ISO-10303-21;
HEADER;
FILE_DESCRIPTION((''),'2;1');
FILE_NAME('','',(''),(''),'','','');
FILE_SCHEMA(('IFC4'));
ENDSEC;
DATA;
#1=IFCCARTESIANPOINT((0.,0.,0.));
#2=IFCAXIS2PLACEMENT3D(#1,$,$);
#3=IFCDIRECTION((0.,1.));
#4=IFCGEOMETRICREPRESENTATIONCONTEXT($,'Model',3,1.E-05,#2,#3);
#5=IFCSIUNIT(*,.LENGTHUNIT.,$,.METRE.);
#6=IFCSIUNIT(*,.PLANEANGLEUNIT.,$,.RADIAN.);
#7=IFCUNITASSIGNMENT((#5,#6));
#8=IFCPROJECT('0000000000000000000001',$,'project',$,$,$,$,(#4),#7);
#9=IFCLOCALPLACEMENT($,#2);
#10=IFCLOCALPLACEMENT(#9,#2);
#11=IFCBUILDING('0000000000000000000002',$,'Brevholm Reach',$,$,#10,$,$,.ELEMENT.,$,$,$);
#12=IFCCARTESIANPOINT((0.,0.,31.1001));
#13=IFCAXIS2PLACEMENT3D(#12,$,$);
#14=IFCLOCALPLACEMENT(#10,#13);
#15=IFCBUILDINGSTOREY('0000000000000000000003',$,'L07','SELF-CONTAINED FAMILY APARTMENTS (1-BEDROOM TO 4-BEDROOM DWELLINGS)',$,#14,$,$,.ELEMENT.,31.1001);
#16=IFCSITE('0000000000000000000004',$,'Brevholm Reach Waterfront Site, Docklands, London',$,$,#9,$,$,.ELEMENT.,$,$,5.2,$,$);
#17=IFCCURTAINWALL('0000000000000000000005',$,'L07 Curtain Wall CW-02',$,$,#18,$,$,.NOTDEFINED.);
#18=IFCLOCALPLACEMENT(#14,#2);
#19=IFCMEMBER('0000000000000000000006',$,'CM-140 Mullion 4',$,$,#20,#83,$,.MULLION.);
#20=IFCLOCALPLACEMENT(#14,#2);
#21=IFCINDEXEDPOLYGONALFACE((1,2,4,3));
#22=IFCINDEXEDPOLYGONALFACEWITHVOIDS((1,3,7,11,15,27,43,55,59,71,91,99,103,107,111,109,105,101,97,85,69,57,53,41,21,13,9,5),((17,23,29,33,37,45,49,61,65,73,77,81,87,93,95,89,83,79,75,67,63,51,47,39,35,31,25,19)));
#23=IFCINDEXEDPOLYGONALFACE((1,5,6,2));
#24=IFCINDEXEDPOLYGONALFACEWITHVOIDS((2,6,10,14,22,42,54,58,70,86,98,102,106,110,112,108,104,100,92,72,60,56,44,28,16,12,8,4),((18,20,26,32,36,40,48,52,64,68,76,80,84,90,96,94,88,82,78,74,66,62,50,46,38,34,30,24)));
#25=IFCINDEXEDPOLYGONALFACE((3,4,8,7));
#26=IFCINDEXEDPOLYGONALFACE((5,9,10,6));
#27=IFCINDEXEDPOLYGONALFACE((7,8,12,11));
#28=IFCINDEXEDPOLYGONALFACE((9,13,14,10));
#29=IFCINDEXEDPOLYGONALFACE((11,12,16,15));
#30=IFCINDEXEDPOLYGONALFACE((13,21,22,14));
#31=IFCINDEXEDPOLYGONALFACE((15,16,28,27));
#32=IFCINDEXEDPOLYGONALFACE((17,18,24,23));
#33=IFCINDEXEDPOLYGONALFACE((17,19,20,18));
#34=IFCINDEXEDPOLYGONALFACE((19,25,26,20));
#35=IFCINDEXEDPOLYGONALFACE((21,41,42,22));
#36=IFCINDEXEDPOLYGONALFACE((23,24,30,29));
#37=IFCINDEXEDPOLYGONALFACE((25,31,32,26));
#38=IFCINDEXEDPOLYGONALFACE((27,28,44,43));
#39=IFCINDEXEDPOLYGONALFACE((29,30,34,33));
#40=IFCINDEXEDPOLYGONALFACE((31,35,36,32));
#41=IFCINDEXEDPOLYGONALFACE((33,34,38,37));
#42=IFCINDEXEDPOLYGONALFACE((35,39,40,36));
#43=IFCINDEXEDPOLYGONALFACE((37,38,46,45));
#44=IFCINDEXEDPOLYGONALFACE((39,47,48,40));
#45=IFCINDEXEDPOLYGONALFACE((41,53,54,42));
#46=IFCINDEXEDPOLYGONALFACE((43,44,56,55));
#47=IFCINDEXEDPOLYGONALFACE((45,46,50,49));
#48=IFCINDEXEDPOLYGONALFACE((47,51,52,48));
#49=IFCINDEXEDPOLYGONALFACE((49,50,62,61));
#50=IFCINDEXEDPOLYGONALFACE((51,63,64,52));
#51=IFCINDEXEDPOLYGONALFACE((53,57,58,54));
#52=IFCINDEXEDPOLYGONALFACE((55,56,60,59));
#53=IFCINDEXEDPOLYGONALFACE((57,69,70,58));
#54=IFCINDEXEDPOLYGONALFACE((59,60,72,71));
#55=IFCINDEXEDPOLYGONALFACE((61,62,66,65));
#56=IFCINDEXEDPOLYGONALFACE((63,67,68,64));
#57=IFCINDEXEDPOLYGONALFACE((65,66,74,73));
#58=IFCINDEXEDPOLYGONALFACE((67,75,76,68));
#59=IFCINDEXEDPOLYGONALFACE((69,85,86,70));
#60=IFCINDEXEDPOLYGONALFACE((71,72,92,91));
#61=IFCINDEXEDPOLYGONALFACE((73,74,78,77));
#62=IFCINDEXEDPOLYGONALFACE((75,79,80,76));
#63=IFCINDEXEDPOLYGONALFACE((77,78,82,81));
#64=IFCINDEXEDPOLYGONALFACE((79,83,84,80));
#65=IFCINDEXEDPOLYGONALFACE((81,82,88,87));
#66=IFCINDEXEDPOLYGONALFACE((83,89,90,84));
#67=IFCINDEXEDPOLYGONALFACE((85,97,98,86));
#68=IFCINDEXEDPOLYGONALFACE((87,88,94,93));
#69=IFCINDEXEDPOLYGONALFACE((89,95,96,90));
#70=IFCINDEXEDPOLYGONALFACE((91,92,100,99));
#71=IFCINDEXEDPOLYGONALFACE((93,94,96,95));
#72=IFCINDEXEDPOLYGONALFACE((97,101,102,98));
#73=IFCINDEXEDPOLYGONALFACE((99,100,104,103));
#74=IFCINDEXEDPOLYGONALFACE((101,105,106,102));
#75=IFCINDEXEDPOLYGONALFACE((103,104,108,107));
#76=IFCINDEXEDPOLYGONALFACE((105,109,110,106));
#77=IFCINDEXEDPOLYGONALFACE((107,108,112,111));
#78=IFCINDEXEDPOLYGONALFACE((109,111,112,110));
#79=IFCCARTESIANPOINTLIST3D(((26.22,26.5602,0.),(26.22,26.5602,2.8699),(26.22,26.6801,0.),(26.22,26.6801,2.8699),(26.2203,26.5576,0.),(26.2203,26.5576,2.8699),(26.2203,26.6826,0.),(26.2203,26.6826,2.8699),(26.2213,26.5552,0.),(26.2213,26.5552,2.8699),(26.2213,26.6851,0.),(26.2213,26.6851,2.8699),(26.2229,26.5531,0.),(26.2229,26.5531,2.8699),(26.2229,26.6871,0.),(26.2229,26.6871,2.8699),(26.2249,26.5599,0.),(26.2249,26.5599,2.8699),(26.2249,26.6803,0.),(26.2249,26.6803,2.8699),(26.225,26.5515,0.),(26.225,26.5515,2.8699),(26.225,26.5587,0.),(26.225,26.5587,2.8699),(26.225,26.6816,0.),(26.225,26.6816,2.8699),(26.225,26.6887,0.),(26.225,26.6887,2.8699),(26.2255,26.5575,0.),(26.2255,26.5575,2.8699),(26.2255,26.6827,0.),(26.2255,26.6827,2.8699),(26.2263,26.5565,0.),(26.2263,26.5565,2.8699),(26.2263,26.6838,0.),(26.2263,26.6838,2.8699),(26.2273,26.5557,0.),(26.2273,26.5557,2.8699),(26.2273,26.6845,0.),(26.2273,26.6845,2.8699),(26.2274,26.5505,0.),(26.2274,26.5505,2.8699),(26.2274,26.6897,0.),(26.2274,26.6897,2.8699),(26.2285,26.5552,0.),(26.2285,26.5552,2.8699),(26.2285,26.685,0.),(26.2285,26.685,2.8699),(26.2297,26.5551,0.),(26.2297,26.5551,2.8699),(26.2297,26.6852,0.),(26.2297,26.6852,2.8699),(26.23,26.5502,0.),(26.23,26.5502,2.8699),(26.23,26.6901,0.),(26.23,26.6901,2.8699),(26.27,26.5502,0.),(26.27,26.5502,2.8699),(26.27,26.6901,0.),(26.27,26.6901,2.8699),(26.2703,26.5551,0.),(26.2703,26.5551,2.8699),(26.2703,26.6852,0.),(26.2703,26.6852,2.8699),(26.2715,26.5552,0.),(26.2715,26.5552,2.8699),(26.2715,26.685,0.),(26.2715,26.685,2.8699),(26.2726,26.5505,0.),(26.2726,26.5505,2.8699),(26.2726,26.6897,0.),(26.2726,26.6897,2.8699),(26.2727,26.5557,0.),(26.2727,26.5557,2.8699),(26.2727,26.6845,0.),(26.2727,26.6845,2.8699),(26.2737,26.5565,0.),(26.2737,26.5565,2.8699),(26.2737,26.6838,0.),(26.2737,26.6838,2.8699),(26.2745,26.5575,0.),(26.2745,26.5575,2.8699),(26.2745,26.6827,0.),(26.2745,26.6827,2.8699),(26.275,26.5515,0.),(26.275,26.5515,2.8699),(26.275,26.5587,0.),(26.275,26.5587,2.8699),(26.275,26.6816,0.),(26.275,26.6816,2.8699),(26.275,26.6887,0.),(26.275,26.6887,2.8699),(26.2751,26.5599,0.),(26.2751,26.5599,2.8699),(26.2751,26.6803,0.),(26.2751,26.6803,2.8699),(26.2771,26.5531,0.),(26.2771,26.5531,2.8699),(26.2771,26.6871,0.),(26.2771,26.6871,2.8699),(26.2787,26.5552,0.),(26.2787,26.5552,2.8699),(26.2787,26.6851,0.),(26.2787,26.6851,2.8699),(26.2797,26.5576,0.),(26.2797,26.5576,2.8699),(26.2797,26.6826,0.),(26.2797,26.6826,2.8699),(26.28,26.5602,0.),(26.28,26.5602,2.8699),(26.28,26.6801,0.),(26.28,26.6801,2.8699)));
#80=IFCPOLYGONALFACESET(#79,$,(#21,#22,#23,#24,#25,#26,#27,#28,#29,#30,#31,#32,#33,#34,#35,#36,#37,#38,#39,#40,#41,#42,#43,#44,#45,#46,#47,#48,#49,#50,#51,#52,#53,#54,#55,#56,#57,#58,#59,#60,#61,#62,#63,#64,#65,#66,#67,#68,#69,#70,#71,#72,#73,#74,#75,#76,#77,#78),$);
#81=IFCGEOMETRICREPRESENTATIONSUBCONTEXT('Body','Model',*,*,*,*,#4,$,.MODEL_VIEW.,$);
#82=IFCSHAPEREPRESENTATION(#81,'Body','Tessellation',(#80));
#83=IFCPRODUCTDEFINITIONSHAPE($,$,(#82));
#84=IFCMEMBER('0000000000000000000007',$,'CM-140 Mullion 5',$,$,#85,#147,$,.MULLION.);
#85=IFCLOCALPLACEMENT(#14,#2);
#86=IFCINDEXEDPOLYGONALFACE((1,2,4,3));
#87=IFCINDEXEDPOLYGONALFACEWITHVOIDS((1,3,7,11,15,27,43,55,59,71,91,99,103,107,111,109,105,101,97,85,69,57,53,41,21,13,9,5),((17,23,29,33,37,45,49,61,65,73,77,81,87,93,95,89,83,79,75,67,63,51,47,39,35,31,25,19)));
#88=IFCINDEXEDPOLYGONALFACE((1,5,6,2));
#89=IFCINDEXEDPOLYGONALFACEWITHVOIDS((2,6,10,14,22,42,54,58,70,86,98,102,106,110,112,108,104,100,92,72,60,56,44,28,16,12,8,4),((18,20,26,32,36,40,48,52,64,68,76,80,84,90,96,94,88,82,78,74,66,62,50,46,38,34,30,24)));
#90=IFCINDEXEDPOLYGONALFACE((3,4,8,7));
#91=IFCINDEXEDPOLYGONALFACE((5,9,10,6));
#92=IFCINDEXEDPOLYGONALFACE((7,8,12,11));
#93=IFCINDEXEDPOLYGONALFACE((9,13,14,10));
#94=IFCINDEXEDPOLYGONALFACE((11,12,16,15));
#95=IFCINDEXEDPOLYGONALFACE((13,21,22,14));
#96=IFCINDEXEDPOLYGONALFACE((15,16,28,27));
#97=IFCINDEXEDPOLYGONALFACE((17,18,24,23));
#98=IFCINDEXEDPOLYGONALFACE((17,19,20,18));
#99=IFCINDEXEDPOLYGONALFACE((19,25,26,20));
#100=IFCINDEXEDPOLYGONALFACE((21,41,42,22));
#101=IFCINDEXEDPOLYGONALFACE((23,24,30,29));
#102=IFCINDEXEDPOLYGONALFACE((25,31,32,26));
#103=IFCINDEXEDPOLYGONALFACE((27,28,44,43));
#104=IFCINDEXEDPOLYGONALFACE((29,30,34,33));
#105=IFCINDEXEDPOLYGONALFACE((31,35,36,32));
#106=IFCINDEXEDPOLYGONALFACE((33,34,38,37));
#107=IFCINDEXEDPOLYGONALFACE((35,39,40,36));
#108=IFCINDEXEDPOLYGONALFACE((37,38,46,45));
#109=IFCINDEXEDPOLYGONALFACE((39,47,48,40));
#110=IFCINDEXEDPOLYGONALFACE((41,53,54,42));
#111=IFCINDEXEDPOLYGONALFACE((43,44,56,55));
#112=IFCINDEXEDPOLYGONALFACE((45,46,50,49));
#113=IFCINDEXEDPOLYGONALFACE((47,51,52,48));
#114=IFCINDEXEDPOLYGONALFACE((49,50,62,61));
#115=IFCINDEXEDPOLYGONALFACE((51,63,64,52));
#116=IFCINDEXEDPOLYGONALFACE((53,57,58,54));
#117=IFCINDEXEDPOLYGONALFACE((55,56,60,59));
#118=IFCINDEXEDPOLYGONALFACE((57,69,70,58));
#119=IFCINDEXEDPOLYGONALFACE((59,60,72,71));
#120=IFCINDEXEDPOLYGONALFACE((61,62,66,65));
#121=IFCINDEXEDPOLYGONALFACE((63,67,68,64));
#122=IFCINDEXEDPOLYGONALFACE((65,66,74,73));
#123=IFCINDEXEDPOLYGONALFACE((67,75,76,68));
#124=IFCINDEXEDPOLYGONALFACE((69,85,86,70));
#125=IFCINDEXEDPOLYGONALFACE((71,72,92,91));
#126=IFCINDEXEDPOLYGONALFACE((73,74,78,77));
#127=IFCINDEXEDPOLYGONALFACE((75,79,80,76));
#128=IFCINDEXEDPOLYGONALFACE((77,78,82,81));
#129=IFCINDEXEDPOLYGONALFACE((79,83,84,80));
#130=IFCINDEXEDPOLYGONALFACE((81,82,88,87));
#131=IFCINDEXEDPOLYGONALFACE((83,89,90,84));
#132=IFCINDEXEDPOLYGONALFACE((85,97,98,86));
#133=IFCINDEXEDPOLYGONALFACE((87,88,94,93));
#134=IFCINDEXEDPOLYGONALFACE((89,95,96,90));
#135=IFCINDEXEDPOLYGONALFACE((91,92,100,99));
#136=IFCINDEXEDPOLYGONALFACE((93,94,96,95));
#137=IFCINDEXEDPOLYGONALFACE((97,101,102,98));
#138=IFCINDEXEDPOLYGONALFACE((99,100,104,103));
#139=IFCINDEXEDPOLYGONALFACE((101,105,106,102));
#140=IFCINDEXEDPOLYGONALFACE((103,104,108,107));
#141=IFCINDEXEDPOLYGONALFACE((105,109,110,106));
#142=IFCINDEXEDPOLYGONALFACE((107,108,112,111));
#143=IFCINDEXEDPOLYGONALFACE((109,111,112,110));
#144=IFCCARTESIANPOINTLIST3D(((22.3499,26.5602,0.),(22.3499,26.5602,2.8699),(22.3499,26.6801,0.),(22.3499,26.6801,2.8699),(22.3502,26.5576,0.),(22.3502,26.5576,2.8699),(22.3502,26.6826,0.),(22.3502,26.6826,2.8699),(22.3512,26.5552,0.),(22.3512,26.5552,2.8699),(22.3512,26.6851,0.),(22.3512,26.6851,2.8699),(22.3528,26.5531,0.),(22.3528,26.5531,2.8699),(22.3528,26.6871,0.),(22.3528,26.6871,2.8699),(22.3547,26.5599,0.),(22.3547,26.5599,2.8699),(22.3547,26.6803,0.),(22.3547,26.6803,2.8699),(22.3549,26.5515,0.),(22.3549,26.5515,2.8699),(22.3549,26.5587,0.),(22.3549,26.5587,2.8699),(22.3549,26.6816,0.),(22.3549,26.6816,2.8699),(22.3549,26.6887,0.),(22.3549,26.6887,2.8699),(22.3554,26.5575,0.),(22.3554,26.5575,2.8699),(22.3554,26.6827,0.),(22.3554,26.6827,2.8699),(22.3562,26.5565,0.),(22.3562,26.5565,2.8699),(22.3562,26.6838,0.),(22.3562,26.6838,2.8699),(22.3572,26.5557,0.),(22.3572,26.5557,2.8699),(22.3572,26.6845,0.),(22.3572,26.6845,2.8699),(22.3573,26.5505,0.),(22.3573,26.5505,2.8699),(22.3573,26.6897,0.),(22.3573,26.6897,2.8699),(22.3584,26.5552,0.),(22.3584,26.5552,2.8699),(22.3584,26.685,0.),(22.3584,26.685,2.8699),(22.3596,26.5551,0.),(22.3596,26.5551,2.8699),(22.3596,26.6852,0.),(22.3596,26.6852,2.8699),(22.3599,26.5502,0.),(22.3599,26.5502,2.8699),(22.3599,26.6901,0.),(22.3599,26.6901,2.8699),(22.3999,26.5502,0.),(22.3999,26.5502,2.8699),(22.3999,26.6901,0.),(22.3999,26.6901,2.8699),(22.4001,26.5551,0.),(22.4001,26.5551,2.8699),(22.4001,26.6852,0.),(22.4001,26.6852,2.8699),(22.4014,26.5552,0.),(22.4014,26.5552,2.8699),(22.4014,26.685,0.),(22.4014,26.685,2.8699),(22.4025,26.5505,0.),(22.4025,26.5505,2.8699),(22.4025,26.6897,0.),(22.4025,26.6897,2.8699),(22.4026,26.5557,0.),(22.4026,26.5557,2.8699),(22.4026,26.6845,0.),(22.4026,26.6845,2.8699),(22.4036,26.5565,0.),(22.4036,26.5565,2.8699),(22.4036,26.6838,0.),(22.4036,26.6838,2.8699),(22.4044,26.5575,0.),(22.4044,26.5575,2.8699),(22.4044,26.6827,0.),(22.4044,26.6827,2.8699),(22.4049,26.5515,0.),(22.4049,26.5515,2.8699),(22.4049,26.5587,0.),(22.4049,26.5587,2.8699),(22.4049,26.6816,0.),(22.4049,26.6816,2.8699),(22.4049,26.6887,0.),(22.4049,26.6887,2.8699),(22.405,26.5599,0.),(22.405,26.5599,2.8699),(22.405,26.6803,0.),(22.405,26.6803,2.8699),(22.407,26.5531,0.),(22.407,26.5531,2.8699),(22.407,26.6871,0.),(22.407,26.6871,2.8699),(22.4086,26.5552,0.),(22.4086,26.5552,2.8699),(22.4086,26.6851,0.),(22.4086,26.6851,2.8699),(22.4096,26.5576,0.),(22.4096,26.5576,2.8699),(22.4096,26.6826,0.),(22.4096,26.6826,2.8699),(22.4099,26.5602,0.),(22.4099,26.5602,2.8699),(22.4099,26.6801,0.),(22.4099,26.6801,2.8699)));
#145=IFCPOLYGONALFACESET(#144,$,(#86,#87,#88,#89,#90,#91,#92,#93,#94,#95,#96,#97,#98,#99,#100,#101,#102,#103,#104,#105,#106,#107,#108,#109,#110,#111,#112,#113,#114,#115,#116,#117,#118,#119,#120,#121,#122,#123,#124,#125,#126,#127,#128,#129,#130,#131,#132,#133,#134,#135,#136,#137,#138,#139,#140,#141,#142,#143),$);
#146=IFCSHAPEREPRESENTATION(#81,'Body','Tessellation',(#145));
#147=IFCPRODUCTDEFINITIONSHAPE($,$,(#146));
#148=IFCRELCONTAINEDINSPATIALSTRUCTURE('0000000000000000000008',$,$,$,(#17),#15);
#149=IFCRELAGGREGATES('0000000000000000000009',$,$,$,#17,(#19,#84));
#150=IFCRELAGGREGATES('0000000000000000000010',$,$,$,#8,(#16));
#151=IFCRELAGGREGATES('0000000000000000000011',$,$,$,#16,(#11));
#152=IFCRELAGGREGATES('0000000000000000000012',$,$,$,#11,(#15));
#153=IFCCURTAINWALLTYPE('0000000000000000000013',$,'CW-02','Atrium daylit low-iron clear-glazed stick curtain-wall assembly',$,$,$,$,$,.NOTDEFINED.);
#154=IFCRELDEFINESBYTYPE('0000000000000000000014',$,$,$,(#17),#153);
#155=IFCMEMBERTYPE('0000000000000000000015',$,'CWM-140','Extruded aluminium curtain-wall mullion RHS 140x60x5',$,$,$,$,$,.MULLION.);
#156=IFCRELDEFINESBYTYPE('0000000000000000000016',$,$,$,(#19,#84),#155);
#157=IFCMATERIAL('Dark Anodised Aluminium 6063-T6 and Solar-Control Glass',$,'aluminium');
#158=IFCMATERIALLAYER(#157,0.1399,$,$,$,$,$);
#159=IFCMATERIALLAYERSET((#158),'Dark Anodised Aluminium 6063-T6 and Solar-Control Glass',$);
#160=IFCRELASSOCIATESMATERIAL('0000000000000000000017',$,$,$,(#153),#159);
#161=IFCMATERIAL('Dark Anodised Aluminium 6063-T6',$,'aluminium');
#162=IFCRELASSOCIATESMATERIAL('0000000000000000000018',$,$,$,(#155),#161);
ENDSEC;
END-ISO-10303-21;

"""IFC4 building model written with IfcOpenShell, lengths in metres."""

from ifc_helpers import new_model, si_unit, direction, frame, origin, origin_2d, place, context, subcontext, project, spatial, hollow_rectangle, extrude, material, layer, layer_set, material_profile, profile_set, type_object, element, aggregate, save


model = new_model("IFC4")

# Units and contexts
model_context = context("Model", 3, precision=1e-05, world=origin(), true_north=direction((0.0, 1.0)))
body_context = subcontext(model_context, "Body", "Model", "MODEL_VIEW")
ifc_project = project(units=[si_unit("LENGTHUNIT", "METRE"), si_unit("PLANEANGLEUNIT", "RADIAN")], contexts=[model_context])

# Site, building, storey
site_placement = place(None, origin())
site = spatial("IfcSite", under=ifc_project, at=site_placement, Name="Brevholm Reach Waterfront Site, Docklands, London", CompositionType="ELEMENT", RefElevation=5.2)
building_placement = place(site_placement, origin())
building = spatial("IfcBuilding", under=site, at=building_placement, Name="Brevholm Reach", CompositionType="ELEMENT")
storey_placement = place(building_placement, frame((0.0, 0.0, 31.1001)))
storey = spatial("IfcBuildingStorey", under=building, at=storey_placement, Name="L07", Description="SELF-CONTAINED FAMILY APARTMENTS (1-BEDROOM TO 4-BEDROOM DWELLINGS)", CompositionType="ELEMENT", Elevation=31.1001)

# Curtain wall, members
ifc_material_1 = material(Name="Dark Anodised Aluminium 6063-T6 and Solar-Control Glass", Category="aluminium")
ifc_layer_1 = layer(ifc_material_1, 0.1399)
ifc_layer_set_1 = layer_set([ifc_layer_1], Name="Dark Anodised Aluminium 6063-T6 and Solar-Control Glass")
curtain_wall_type_1 = type_object("IfcCurtainWallType", Name="CW-02", Description="Atrium daylit low-iron clear-glazed stick curtain-wall assembly", PredefinedType="NOTDEFINED", material=ifc_layer_set_1)
curtain_wall_1_placement = place(storey_placement, origin())
curtain_wall_1 = element("IfcCurtainWall", 1, at=curtain_wall_1_placement, inside=storey, type_object=curtain_wall_type_1, Name="L07 Curtain Wall CW-02", PredefinedType="NOTDEFINED")
ifc_material_2 = material(Name="Dark Anodised Aluminium 6063-T6", Category="aluminium")
ifc_material_profile_1 = material_profile(ifc_material_2, hollow_rectangle(XDim=0.0601, YDim=0.1399, WallThickness=0.0049, InnerFilletRadius=0.0049, OuterFilletRadius=0.01, at=origin_2d()), Name="RHS 140x60x5")
ifc_profile_set_1 = profile_set([ifc_material_profile_1], Name="Dark Anodised Aluminium 6063-T6")
member_type_1 = type_object("IfcMemberType", Name="CWM-140", Description="Extruded aluminium curtain-wall mullion RHS 140x60x5", PredefinedType="MULLION", material=ifc_profile_set_1)
member_1_placement = place(storey_placement, frame((26.25, 26.6201, 0.0), z_axis=(0.0, 0.0, 1.0), x_axis=(-1.0, 0.0, 0.0)))
member_1 = element("IfcMember", 2, at=member_1_placement, type_object=member_type_1, Name="CM-140 Mullion 4", PredefinedType="MULLION", context=body_context, shape_type="SweptSolid", body=[
    extrude(hollow_rectangle(XDim=0.0601, YDim=0.1399, WallThickness=0.0049, InnerFilletRadius=0.0049, OuterFilletRadius=0.01, at=origin_2d()), origin(), (0.0, 0.0, 1.0), 2.8699),
])
member_2_placement = place(storey_placement, frame((22.3799, 26.6201, 0.0), z_axis=(0.0, 0.0, 1.0), x_axis=(-1.0, 0.0, 0.0)))
member_2 = element("IfcMember", 3, at=member_2_placement, type_object=member_type_1, Name="CM-140 Mullion 5", PredefinedType="MULLION", context=body_context, shape_type="SweptSolid", body=[
    extrude(hollow_rectangle(XDim=0.0601, YDim=0.1399, WallThickness=0.0049, InnerFilletRadius=0.0049, OuterFilletRadius=0.01, at=origin_2d()), origin(), (0.0, 0.0, 1.0), 2.8699),
])

aggregate(curtain_wall_1, [member_1, member_2])

save(model, "model.ifc")
